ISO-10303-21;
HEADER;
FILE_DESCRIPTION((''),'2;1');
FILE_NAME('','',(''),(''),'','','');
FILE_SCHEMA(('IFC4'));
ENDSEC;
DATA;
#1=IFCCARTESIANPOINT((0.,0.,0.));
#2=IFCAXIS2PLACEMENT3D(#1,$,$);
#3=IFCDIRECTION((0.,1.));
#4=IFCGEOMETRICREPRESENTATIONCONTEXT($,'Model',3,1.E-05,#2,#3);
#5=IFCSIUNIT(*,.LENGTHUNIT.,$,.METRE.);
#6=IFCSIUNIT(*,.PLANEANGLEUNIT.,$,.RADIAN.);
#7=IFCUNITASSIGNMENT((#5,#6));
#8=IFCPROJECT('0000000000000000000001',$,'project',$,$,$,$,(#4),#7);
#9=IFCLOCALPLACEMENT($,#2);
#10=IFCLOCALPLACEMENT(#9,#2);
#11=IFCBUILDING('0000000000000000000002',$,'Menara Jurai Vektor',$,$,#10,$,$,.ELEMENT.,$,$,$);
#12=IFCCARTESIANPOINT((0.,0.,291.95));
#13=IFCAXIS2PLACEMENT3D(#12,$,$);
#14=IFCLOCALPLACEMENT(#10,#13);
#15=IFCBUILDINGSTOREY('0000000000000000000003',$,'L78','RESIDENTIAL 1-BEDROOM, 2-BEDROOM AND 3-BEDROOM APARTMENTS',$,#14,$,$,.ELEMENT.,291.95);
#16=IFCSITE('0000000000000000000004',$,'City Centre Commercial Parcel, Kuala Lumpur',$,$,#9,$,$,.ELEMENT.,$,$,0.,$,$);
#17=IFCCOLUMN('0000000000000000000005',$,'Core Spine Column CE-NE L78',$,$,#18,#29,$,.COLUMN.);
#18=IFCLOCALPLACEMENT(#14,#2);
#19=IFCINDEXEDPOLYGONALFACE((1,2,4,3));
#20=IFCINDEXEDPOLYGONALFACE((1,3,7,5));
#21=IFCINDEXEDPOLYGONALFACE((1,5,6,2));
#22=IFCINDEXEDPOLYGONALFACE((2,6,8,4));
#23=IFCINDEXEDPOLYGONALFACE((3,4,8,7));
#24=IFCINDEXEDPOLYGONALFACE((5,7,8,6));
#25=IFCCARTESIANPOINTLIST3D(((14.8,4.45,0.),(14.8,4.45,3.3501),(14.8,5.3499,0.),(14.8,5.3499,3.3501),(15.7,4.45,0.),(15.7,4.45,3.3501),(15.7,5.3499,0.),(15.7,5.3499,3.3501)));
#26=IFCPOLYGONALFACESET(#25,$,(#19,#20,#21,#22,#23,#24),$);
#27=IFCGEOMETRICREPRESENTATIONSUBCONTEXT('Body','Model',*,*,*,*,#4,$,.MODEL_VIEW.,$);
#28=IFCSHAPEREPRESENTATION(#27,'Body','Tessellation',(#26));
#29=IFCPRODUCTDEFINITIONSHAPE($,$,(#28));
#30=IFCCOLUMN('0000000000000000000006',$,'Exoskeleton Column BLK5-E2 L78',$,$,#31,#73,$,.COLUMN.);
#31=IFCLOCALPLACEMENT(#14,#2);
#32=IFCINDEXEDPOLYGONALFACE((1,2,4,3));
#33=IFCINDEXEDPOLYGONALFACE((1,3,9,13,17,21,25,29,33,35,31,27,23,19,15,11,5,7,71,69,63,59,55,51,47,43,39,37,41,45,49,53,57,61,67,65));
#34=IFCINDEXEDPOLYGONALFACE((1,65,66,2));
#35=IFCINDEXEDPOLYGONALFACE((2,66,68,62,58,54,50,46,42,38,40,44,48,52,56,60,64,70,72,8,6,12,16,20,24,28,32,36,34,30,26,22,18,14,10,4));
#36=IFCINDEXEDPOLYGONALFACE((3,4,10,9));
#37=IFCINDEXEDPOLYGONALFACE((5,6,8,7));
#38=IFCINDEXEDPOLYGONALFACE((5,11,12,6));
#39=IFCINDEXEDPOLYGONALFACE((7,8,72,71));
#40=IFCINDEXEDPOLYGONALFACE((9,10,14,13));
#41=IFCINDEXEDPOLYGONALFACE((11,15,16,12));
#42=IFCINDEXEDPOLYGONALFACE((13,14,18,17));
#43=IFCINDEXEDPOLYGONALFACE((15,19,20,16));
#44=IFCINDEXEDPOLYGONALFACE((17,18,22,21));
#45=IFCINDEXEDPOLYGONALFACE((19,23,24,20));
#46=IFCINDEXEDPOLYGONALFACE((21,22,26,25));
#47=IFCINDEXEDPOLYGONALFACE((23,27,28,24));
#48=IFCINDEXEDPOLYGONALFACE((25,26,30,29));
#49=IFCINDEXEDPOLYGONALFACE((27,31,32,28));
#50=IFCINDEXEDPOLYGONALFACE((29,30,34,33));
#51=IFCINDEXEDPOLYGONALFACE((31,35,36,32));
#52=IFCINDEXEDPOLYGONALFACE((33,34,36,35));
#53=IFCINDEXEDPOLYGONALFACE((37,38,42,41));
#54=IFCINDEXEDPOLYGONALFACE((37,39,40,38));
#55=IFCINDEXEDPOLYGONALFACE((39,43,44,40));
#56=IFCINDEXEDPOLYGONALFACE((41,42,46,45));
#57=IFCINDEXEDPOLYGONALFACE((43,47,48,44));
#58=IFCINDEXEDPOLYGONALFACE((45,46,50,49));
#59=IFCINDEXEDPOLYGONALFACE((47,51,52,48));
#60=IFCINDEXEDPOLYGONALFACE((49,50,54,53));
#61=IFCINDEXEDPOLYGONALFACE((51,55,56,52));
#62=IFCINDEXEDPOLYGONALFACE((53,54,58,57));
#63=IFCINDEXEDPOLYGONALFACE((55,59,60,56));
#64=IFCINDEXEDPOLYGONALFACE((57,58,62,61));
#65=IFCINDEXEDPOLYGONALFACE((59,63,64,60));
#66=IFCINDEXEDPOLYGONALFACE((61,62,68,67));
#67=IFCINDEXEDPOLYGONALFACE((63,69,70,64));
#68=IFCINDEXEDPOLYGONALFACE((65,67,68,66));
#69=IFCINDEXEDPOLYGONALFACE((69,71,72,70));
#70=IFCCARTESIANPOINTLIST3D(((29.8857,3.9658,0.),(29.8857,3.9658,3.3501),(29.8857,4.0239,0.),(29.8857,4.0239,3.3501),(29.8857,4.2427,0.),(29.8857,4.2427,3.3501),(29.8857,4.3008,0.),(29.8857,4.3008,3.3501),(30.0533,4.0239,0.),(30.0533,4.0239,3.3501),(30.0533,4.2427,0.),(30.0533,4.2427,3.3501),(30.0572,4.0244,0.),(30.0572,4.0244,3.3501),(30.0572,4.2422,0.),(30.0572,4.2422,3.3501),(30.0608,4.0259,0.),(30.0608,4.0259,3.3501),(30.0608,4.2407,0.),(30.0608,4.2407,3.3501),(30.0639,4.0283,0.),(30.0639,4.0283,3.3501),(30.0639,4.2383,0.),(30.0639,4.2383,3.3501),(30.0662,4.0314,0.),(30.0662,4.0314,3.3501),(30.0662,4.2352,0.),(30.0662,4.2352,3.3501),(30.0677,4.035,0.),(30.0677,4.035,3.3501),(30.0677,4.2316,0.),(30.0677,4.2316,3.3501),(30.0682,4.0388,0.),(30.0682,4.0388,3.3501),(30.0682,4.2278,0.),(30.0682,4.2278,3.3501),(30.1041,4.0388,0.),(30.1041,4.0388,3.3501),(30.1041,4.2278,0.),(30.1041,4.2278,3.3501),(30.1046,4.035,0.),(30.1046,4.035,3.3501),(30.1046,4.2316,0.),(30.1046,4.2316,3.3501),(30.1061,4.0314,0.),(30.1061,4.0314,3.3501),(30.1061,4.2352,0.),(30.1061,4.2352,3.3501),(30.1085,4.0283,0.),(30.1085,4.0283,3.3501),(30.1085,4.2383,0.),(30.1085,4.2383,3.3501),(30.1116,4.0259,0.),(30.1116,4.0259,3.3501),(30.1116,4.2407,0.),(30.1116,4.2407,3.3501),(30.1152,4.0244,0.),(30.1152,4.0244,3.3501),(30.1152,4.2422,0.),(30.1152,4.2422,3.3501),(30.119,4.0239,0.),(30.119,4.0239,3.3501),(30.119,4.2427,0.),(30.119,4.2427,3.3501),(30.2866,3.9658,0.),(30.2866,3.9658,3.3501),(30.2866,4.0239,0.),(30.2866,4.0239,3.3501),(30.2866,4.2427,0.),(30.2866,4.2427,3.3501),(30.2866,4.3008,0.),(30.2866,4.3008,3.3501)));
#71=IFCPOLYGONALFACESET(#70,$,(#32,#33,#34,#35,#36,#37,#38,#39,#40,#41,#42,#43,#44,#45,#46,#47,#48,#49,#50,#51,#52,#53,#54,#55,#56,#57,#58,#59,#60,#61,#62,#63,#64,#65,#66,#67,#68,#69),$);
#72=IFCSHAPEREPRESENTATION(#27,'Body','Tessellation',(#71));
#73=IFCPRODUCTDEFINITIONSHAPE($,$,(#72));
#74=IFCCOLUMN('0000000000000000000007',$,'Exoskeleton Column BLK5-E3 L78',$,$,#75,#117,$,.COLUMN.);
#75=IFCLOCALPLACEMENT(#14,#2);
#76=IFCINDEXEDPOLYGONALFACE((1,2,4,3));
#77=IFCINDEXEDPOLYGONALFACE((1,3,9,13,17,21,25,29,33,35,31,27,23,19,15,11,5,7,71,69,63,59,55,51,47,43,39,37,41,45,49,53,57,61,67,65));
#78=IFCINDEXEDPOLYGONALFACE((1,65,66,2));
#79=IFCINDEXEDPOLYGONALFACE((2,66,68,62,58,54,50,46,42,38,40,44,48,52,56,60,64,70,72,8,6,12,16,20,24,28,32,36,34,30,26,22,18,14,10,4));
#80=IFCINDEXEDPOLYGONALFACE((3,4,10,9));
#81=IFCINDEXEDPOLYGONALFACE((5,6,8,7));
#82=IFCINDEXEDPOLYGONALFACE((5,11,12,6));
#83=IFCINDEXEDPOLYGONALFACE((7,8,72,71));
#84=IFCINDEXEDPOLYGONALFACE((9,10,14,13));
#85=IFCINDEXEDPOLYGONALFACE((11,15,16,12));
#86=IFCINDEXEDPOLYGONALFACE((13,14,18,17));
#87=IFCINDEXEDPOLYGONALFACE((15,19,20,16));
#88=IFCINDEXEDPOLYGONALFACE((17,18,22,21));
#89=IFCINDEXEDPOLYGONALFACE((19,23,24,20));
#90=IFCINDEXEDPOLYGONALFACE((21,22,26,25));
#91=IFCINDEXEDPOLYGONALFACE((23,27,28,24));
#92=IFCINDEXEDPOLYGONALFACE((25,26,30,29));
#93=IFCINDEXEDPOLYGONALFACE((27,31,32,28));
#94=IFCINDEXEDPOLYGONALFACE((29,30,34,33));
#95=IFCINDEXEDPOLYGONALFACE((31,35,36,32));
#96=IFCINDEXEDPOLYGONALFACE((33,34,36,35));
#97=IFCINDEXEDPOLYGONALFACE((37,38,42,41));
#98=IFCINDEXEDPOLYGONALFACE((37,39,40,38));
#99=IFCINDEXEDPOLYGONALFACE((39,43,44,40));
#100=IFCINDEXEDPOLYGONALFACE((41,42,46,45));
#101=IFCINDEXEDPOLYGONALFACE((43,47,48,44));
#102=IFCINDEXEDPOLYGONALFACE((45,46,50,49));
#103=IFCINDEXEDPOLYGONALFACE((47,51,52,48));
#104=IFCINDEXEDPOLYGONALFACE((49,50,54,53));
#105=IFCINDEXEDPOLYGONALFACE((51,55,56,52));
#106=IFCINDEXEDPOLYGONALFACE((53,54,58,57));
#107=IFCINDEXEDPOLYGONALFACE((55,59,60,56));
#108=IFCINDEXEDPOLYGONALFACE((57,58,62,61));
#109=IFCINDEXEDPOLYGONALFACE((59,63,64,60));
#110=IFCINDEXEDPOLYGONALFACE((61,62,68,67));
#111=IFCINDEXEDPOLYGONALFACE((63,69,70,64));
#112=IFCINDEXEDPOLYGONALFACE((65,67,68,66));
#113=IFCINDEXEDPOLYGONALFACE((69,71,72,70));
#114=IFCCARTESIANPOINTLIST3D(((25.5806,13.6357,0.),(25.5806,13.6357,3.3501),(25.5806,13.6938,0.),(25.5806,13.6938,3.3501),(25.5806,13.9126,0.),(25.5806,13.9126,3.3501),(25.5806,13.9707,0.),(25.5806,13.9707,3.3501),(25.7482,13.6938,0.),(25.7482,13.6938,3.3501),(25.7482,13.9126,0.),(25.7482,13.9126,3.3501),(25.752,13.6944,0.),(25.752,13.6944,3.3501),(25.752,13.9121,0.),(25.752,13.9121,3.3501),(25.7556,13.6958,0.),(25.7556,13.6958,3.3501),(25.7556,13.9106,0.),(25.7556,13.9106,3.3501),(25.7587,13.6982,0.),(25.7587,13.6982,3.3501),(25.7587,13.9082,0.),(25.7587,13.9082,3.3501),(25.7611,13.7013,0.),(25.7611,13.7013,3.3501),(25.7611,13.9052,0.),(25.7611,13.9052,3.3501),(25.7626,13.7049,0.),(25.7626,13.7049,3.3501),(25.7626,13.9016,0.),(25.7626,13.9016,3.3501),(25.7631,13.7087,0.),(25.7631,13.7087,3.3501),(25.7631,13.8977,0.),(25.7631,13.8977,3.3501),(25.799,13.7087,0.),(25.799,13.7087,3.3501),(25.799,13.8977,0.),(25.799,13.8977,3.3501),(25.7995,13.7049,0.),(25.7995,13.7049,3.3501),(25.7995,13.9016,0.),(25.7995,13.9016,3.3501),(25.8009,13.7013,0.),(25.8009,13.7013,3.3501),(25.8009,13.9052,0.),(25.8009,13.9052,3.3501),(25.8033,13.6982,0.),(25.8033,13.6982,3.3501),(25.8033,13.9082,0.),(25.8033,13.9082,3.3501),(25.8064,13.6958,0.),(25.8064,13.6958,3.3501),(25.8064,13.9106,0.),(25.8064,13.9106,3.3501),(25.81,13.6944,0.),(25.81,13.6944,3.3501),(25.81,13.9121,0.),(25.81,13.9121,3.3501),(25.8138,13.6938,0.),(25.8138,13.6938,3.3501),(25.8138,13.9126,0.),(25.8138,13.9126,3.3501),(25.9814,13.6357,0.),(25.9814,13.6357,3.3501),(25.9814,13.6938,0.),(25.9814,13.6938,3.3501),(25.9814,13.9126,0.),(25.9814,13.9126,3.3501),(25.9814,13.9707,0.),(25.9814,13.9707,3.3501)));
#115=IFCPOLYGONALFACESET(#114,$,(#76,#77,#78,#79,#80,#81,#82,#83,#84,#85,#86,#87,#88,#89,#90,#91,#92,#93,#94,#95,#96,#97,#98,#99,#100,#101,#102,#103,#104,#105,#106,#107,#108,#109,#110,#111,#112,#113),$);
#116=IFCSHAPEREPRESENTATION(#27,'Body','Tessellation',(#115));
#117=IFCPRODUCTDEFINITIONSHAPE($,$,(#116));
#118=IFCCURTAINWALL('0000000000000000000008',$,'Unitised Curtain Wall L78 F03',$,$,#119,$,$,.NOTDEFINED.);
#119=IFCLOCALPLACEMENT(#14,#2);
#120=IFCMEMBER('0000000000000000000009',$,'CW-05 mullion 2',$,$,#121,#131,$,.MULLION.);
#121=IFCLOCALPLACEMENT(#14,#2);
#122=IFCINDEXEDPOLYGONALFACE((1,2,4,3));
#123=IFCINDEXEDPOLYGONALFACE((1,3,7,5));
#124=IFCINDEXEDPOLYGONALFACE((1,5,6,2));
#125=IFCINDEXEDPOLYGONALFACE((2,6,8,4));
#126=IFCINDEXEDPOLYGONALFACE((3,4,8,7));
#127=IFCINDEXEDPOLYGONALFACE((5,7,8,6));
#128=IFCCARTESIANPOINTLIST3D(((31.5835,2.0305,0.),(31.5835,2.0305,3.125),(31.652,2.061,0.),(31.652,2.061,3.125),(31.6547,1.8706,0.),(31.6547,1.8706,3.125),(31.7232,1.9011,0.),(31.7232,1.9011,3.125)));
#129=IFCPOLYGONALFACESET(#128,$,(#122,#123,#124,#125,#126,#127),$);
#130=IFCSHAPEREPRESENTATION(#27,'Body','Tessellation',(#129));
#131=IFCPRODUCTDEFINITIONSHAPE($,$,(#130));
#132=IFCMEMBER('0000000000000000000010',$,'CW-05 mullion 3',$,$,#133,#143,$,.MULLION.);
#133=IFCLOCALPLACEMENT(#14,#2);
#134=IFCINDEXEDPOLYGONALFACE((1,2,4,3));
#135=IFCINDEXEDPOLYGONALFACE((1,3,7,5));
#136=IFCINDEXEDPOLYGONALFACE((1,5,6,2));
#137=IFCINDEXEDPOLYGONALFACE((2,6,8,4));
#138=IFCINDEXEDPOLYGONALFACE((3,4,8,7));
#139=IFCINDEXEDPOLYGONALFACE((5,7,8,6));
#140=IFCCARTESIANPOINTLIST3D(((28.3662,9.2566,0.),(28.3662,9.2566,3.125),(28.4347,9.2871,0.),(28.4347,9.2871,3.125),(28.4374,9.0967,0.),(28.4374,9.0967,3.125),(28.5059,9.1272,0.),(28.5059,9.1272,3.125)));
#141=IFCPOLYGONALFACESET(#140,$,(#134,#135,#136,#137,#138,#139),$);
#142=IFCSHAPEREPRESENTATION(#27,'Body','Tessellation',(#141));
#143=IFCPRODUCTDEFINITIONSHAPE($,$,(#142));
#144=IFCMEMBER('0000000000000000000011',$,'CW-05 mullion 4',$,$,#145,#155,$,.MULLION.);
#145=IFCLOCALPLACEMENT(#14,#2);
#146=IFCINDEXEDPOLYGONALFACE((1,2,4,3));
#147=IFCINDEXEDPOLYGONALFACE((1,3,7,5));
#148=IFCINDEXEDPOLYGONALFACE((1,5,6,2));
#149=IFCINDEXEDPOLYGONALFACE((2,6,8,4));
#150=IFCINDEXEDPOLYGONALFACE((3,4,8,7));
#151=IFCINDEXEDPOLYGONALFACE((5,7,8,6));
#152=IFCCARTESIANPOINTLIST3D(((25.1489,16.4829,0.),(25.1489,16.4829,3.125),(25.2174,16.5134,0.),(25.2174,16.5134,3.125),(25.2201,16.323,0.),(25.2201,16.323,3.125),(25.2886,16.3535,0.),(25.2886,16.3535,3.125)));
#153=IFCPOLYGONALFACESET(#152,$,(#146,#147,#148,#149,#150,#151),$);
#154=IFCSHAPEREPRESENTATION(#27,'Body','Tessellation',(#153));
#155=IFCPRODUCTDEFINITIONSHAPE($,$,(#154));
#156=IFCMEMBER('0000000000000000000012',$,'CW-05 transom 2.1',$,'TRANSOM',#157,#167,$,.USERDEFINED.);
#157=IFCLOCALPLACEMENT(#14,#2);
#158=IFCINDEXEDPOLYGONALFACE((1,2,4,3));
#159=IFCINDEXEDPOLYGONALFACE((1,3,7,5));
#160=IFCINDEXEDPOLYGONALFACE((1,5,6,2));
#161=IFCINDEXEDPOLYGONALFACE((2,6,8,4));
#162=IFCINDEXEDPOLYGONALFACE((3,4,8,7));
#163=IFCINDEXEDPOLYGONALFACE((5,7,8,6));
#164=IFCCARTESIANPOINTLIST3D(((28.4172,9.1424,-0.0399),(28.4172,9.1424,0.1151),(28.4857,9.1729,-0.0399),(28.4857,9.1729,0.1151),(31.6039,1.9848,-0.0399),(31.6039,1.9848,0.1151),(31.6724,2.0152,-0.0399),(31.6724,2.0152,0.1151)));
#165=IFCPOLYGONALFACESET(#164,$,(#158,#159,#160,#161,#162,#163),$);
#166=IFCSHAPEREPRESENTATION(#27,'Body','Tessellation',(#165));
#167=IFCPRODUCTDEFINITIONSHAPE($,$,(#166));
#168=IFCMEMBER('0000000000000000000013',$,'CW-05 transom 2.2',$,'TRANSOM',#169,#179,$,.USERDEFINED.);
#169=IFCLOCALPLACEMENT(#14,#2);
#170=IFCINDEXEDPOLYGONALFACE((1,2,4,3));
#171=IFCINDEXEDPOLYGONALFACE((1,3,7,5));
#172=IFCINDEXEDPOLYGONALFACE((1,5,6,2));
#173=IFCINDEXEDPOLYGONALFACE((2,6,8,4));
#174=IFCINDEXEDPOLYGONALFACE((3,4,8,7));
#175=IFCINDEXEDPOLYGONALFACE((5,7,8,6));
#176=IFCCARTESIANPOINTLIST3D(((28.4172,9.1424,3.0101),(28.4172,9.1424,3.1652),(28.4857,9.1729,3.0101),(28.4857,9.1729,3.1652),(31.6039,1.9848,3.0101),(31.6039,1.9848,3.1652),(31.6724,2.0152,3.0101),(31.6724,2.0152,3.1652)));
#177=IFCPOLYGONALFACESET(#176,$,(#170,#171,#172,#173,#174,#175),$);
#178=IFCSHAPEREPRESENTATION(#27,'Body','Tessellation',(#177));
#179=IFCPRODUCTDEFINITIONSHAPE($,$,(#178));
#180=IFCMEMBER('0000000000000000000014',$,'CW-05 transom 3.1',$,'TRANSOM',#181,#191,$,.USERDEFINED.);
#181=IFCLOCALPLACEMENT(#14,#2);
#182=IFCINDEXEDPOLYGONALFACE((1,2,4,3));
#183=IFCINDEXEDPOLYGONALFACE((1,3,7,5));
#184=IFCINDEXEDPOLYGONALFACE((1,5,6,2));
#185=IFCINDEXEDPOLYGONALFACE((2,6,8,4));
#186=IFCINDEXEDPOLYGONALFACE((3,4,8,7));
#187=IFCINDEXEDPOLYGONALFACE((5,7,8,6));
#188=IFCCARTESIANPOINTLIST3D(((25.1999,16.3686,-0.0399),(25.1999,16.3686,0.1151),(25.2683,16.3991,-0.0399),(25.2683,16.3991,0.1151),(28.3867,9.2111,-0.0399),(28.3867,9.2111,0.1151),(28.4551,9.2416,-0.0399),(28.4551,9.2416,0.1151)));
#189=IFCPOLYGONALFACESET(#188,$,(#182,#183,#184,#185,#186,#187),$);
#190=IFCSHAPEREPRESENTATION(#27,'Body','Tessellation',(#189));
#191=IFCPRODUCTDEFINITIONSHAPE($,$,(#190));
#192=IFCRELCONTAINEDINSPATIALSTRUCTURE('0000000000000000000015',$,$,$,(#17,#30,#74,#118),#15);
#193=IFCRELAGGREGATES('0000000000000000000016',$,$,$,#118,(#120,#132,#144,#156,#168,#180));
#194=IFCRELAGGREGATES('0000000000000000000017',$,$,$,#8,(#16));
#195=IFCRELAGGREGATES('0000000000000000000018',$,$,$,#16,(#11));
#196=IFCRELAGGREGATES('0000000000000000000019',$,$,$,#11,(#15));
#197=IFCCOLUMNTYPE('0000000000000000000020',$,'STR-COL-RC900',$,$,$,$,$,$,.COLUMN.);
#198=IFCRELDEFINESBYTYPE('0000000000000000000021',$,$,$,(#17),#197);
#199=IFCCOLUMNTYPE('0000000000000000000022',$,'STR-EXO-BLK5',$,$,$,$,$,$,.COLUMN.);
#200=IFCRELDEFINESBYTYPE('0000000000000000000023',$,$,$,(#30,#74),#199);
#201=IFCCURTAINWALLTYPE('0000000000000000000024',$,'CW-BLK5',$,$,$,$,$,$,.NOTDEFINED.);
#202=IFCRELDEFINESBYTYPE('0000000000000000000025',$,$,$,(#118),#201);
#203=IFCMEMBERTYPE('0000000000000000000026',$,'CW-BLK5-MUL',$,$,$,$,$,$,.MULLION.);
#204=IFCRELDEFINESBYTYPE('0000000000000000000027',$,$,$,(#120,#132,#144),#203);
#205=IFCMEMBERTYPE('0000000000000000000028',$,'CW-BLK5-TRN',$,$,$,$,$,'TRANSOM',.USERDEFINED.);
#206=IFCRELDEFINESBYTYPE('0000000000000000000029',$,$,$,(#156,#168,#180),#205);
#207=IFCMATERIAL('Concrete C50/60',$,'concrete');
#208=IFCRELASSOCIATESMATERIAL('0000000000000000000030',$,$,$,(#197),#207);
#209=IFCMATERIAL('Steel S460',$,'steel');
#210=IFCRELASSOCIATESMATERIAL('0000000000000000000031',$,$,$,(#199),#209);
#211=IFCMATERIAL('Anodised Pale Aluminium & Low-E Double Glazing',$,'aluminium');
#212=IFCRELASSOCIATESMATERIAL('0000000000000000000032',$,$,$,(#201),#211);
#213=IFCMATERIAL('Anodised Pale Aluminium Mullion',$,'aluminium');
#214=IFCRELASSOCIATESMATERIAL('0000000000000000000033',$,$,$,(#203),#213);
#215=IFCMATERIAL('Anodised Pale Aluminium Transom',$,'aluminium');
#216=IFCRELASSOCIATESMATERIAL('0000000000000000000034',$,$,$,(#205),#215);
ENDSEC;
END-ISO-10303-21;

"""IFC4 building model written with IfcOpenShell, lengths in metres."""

from ifc_helpers import new_model, si_unit, direction, frame, origin, origin_2d, place, context, subcontext, project, spatial, rectangle, i_section, extrude, material, material_profile, profile_set, type_object, element, aggregate, save


model = new_model("IFC4")

# Units and contexts
model_context = context("Model", 3, precision=1e-05, world=origin(), true_north=direction((0.0, 1.0)))
body_context = subcontext(model_context, "Body", "Model", "MODEL_VIEW")
ifc_project = project(units=[si_unit("LENGTHUNIT", "METRE"), si_unit("PLANEANGLEUNIT", "RADIAN")], contexts=[model_context])

# Site, building, storey
site_placement = place(None, origin())
site = spatial("IfcSite", under=ifc_project, at=site_placement, Name="City Centre Commercial Parcel, Kuala Lumpur", CompositionType="ELEMENT", RefElevation=0.0)
building_placement = place(site_placement, origin())
building = spatial("IfcBuilding", under=site, at=building_placement, Name="Menara Jurai Vektor", CompositionType="ELEMENT")
storey_placement = place(building_placement, frame((0.0, 0.0, 291.95)))
storey = spatial("IfcBuildingStorey", under=building, at=storey_placement, Name="L78", Description="RESIDENTIAL 1-BEDROOM, 2-BEDROOM AND 3-BEDROOM APARTMENTS", CompositionType="ELEMENT", Elevation=291.95)

# Columns
ifc_material_1 = material(Name="Concrete C50/60", Category="concrete")
ifc_material_profile_1 = material_profile(ifc_material_1, rectangle(XDim=0.8999, YDim=0.8999, at=origin_2d()), Name="RC 900x900")
ifc_profile_set_1 = profile_set([ifc_material_profile_1], Name="Concrete C50/60")
column_type_1 = type_object("IfcColumnType", Name="STR-COL-RC900", PredefinedType="COLUMN", material=ifc_profile_set_1)
column_placement = place(storey_placement, frame((15.25, 4.8999, 0.0), z_axis=(0.0, 0.0, 1.0), x_axis=(1.0, 0.0, 0.0)))
element("IfcColumn", 1, at=column_placement, inside=storey, type_object=column_type_1, Name="Core Spine Column CE-NE L78", PredefinedType="COLUMN", context=body_context, shape_type="SweptSolid", body=[
    extrude(rectangle(XDim=0.8999, YDim=0.8999, at=origin_2d()), origin(), (0.0, 0.0, 1.0), 3.3501),
])
ifc_material_2 = material(Name="Steel S460", Category="steel")
ifc_material_profile_2 = material_profile(ifc_material_2, i_section(OverallWidth=0.4009, OverallDepth=0.335, WebThickness=0.0359, FlangeThickness=0.0581, FilletRadius=0.0149, at=origin_2d()), Name="HD 400x463")
ifc_profile_set_2 = profile_set([ifc_material_profile_2], Name="Steel S460")
column_type_2 = type_object("IfcColumnType", Name="STR-EXO-BLK5", PredefinedType="COLUMN", material=ifc_profile_set_2)
for number, where, z_axis, x_axis, name in (
    (2, (30.0862, 4.1333, 0.0), (0.0, 0.0, 1.0), (1.0, 0.0, 0.0), "Exoskeleton Column BLK5-E2 L78"),
    (3, (25.781, 13.8032, 0.0), (0.0, 0.0, 1.0), (1.0, 0.0, 0.0), "Exoskeleton Column BLK5-E3 L78"),
):
    element("IfcColumn", number, at=place(storey_placement, frame(where, z_axis=z_axis, x_axis=x_axis)), inside=storey, type_object=column_type_2, Name=name, PredefinedType="COLUMN", context=body_context, shape_type="SweptSolid", body=[
        extrude(i_section(OverallWidth=0.4009, OverallDepth=0.335, WebThickness=0.0359, FlangeThickness=0.0581, FilletRadius=0.0149, at=origin_2d()), origin(), (0.0, 0.0, 1.0), 3.3501),
    ])

# Curtain wall, members
ifc_material_3 = material(Name="Anodised Pale Aluminium & Low-E Double Glazing", Category="aluminium")
curtain_wall_type = type_object("IfcCurtainWallType", Name="CW-BLK5", PredefinedType="NOTDEFINED", material=ifc_material_3)
curtain_wall_placement = place(storey_placement, origin())
curtain_wall = element("IfcCurtainWall", 4, at=curtain_wall_placement, inside=storey, type_object=curtain_wall_type, Name="Unitised Curtain Wall L78 F03", PredefinedType="NOTDEFINED")
ifc_material_4 = material(Name="Anodised Pale Aluminium Mullion", Category="aluminium")
ifc_material_profile_3 = material_profile(ifc_material_4, rectangle(XDim=0.075, YDim=0.175, at=origin_2d()), Name="ALU MUL 75x175")
ifc_profile_set_3 = profile_set([ifc_material_profile_3], Name="Anodised Pale Aluminium Mullion")
member_type_1 = type_object("IfcMemberType", Name="CW-BLK5-MUL", PredefinedType="MULLION", material=ifc_profile_set_3)
member_1_placement = place(storey_placement, frame((31.6533, 1.9658, 0.0), z_axis=(0.0, 0.0, 1.0), x_axis=(-0.913546, -0.406735, 0.0)))
member_1 = element("IfcMember", 5, at=member_1_placement, type_object=member_type_1, Name="CW-05 mullion 2", PredefinedType="MULLION", context=body_context, shape_type="SweptSolid", body=[
    extrude(rectangle(XDim=0.075, YDim=0.175, at=origin_2d()), origin(), (0.0, 0.0, 1.0), 3.125),
])
member_2_placement = place(storey_placement, frame((28.436, 9.1919, 0.0), z_axis=(0.0, 0.0, 1.0), x_axis=(-0.913546, -0.406735, 0.0)))
member_2 = element("IfcMember", 6, at=member_2_placement, type_object=member_type_1, Name="CW-05 mullion 3", PredefinedType="MULLION", context=body_context, shape_type="SweptSolid", body=[
    extrude(rectangle(XDim=0.075, YDim=0.175, at=origin_2d()), origin(), (0.0, 0.0, 1.0), 3.125),
])
member_3_placement = place(storey_placement, frame((25.2188, 16.4182, 0.0), z_axis=(0.0, 0.0, 1.0), x_axis=(-0.913546, -0.406735, 0.0)))
member_3 = element("IfcMember", 7, at=member_3_placement, type_object=member_type_1, Name="CW-05 mullion 4", PredefinedType="MULLION", context=body_context, shape_type="SweptSolid", body=[
    extrude(rectangle(XDim=0.075, YDim=0.175, at=origin_2d()), origin(), (0.0, 0.0, 1.0), 3.125),
])
ifc_material_5 = material(Name="Anodised Pale Aluminium Transom", Category="aluminium")
ifc_material_profile_4 = material_profile(ifc_material_5, rectangle(XDim=0.075, YDim=0.155, at=origin_2d()), Name="ALU TRN 75x155")
ifc_profile_set_4 = profile_set([ifc_material_profile_4], Name="Anodised Pale Aluminium Transom")
member_type_2 = type_object("IfcMemberType", Name="CW-BLK5-TRN", ElementType="TRANSOM", PredefinedType="USERDEFINED", material=ifc_profile_set_4)
member_4_placement = place(storey_placement, frame((31.6382, 2.0, 0.0376), z_axis=(-0.406731, 0.913548, 0.0), x_axis=(-0.913548, -0.406731, 0.0)))
member_4 = element("IfcMember", 8, at=member_4_placement, type_object=member_type_2, Name="CW-05 transom 2.1", ObjectType="TRANSOM", PredefinedType="USERDEFINED", context=body_context, shape_type="SweptSolid", body=[
    extrude(rectangle(XDim=0.075, YDim=0.155, at=origin_2d()), origin(), (0.0, 0.0, 1.0), 7.835),
])
member_5_placement = place(storey_placement, frame((31.6382, 2.0, 3.0876), z_axis=(-0.406731, 0.913548, 0.0), x_axis=(-0.913548, -0.406731, 0.0)))
member_5 = element("IfcMember", 9, at=member_5_placement, type_object=member_type_2, Name="CW-05 transom 2.2", ObjectType="TRANSOM", PredefinedType="USERDEFINED", context=body_context, shape_type="SweptSolid", body=[
    extrude(rectangle(XDim=0.075, YDim=0.155, at=origin_2d()), origin(), (0.0, 0.0, 1.0), 7.835),
])
member_6_placement = place(storey_placement, frame((28.4209, 9.2263, 0.0376), z_axis=(-0.406743, 0.913543, 0.0), x_axis=(-0.913543, -0.406743, 0.0)))
member_6 = element("IfcMember", 10, at=member_6_placement, type_object=member_type_2, Name="CW-05 transom 3.1", ObjectType="TRANSOM", PredefinedType="USERDEFINED", context=body_context, shape_type="SweptSolid", body=[
    extrude(rectangle(XDim=0.075, YDim=0.155, at=origin_2d()), origin(), (0.0, 0.0, 1.0), 7.835),
])

aggregate(curtain_wall, [member_1, member_2, member_3, member_4, member_5, member_6])

save(model, "model.ifc")
